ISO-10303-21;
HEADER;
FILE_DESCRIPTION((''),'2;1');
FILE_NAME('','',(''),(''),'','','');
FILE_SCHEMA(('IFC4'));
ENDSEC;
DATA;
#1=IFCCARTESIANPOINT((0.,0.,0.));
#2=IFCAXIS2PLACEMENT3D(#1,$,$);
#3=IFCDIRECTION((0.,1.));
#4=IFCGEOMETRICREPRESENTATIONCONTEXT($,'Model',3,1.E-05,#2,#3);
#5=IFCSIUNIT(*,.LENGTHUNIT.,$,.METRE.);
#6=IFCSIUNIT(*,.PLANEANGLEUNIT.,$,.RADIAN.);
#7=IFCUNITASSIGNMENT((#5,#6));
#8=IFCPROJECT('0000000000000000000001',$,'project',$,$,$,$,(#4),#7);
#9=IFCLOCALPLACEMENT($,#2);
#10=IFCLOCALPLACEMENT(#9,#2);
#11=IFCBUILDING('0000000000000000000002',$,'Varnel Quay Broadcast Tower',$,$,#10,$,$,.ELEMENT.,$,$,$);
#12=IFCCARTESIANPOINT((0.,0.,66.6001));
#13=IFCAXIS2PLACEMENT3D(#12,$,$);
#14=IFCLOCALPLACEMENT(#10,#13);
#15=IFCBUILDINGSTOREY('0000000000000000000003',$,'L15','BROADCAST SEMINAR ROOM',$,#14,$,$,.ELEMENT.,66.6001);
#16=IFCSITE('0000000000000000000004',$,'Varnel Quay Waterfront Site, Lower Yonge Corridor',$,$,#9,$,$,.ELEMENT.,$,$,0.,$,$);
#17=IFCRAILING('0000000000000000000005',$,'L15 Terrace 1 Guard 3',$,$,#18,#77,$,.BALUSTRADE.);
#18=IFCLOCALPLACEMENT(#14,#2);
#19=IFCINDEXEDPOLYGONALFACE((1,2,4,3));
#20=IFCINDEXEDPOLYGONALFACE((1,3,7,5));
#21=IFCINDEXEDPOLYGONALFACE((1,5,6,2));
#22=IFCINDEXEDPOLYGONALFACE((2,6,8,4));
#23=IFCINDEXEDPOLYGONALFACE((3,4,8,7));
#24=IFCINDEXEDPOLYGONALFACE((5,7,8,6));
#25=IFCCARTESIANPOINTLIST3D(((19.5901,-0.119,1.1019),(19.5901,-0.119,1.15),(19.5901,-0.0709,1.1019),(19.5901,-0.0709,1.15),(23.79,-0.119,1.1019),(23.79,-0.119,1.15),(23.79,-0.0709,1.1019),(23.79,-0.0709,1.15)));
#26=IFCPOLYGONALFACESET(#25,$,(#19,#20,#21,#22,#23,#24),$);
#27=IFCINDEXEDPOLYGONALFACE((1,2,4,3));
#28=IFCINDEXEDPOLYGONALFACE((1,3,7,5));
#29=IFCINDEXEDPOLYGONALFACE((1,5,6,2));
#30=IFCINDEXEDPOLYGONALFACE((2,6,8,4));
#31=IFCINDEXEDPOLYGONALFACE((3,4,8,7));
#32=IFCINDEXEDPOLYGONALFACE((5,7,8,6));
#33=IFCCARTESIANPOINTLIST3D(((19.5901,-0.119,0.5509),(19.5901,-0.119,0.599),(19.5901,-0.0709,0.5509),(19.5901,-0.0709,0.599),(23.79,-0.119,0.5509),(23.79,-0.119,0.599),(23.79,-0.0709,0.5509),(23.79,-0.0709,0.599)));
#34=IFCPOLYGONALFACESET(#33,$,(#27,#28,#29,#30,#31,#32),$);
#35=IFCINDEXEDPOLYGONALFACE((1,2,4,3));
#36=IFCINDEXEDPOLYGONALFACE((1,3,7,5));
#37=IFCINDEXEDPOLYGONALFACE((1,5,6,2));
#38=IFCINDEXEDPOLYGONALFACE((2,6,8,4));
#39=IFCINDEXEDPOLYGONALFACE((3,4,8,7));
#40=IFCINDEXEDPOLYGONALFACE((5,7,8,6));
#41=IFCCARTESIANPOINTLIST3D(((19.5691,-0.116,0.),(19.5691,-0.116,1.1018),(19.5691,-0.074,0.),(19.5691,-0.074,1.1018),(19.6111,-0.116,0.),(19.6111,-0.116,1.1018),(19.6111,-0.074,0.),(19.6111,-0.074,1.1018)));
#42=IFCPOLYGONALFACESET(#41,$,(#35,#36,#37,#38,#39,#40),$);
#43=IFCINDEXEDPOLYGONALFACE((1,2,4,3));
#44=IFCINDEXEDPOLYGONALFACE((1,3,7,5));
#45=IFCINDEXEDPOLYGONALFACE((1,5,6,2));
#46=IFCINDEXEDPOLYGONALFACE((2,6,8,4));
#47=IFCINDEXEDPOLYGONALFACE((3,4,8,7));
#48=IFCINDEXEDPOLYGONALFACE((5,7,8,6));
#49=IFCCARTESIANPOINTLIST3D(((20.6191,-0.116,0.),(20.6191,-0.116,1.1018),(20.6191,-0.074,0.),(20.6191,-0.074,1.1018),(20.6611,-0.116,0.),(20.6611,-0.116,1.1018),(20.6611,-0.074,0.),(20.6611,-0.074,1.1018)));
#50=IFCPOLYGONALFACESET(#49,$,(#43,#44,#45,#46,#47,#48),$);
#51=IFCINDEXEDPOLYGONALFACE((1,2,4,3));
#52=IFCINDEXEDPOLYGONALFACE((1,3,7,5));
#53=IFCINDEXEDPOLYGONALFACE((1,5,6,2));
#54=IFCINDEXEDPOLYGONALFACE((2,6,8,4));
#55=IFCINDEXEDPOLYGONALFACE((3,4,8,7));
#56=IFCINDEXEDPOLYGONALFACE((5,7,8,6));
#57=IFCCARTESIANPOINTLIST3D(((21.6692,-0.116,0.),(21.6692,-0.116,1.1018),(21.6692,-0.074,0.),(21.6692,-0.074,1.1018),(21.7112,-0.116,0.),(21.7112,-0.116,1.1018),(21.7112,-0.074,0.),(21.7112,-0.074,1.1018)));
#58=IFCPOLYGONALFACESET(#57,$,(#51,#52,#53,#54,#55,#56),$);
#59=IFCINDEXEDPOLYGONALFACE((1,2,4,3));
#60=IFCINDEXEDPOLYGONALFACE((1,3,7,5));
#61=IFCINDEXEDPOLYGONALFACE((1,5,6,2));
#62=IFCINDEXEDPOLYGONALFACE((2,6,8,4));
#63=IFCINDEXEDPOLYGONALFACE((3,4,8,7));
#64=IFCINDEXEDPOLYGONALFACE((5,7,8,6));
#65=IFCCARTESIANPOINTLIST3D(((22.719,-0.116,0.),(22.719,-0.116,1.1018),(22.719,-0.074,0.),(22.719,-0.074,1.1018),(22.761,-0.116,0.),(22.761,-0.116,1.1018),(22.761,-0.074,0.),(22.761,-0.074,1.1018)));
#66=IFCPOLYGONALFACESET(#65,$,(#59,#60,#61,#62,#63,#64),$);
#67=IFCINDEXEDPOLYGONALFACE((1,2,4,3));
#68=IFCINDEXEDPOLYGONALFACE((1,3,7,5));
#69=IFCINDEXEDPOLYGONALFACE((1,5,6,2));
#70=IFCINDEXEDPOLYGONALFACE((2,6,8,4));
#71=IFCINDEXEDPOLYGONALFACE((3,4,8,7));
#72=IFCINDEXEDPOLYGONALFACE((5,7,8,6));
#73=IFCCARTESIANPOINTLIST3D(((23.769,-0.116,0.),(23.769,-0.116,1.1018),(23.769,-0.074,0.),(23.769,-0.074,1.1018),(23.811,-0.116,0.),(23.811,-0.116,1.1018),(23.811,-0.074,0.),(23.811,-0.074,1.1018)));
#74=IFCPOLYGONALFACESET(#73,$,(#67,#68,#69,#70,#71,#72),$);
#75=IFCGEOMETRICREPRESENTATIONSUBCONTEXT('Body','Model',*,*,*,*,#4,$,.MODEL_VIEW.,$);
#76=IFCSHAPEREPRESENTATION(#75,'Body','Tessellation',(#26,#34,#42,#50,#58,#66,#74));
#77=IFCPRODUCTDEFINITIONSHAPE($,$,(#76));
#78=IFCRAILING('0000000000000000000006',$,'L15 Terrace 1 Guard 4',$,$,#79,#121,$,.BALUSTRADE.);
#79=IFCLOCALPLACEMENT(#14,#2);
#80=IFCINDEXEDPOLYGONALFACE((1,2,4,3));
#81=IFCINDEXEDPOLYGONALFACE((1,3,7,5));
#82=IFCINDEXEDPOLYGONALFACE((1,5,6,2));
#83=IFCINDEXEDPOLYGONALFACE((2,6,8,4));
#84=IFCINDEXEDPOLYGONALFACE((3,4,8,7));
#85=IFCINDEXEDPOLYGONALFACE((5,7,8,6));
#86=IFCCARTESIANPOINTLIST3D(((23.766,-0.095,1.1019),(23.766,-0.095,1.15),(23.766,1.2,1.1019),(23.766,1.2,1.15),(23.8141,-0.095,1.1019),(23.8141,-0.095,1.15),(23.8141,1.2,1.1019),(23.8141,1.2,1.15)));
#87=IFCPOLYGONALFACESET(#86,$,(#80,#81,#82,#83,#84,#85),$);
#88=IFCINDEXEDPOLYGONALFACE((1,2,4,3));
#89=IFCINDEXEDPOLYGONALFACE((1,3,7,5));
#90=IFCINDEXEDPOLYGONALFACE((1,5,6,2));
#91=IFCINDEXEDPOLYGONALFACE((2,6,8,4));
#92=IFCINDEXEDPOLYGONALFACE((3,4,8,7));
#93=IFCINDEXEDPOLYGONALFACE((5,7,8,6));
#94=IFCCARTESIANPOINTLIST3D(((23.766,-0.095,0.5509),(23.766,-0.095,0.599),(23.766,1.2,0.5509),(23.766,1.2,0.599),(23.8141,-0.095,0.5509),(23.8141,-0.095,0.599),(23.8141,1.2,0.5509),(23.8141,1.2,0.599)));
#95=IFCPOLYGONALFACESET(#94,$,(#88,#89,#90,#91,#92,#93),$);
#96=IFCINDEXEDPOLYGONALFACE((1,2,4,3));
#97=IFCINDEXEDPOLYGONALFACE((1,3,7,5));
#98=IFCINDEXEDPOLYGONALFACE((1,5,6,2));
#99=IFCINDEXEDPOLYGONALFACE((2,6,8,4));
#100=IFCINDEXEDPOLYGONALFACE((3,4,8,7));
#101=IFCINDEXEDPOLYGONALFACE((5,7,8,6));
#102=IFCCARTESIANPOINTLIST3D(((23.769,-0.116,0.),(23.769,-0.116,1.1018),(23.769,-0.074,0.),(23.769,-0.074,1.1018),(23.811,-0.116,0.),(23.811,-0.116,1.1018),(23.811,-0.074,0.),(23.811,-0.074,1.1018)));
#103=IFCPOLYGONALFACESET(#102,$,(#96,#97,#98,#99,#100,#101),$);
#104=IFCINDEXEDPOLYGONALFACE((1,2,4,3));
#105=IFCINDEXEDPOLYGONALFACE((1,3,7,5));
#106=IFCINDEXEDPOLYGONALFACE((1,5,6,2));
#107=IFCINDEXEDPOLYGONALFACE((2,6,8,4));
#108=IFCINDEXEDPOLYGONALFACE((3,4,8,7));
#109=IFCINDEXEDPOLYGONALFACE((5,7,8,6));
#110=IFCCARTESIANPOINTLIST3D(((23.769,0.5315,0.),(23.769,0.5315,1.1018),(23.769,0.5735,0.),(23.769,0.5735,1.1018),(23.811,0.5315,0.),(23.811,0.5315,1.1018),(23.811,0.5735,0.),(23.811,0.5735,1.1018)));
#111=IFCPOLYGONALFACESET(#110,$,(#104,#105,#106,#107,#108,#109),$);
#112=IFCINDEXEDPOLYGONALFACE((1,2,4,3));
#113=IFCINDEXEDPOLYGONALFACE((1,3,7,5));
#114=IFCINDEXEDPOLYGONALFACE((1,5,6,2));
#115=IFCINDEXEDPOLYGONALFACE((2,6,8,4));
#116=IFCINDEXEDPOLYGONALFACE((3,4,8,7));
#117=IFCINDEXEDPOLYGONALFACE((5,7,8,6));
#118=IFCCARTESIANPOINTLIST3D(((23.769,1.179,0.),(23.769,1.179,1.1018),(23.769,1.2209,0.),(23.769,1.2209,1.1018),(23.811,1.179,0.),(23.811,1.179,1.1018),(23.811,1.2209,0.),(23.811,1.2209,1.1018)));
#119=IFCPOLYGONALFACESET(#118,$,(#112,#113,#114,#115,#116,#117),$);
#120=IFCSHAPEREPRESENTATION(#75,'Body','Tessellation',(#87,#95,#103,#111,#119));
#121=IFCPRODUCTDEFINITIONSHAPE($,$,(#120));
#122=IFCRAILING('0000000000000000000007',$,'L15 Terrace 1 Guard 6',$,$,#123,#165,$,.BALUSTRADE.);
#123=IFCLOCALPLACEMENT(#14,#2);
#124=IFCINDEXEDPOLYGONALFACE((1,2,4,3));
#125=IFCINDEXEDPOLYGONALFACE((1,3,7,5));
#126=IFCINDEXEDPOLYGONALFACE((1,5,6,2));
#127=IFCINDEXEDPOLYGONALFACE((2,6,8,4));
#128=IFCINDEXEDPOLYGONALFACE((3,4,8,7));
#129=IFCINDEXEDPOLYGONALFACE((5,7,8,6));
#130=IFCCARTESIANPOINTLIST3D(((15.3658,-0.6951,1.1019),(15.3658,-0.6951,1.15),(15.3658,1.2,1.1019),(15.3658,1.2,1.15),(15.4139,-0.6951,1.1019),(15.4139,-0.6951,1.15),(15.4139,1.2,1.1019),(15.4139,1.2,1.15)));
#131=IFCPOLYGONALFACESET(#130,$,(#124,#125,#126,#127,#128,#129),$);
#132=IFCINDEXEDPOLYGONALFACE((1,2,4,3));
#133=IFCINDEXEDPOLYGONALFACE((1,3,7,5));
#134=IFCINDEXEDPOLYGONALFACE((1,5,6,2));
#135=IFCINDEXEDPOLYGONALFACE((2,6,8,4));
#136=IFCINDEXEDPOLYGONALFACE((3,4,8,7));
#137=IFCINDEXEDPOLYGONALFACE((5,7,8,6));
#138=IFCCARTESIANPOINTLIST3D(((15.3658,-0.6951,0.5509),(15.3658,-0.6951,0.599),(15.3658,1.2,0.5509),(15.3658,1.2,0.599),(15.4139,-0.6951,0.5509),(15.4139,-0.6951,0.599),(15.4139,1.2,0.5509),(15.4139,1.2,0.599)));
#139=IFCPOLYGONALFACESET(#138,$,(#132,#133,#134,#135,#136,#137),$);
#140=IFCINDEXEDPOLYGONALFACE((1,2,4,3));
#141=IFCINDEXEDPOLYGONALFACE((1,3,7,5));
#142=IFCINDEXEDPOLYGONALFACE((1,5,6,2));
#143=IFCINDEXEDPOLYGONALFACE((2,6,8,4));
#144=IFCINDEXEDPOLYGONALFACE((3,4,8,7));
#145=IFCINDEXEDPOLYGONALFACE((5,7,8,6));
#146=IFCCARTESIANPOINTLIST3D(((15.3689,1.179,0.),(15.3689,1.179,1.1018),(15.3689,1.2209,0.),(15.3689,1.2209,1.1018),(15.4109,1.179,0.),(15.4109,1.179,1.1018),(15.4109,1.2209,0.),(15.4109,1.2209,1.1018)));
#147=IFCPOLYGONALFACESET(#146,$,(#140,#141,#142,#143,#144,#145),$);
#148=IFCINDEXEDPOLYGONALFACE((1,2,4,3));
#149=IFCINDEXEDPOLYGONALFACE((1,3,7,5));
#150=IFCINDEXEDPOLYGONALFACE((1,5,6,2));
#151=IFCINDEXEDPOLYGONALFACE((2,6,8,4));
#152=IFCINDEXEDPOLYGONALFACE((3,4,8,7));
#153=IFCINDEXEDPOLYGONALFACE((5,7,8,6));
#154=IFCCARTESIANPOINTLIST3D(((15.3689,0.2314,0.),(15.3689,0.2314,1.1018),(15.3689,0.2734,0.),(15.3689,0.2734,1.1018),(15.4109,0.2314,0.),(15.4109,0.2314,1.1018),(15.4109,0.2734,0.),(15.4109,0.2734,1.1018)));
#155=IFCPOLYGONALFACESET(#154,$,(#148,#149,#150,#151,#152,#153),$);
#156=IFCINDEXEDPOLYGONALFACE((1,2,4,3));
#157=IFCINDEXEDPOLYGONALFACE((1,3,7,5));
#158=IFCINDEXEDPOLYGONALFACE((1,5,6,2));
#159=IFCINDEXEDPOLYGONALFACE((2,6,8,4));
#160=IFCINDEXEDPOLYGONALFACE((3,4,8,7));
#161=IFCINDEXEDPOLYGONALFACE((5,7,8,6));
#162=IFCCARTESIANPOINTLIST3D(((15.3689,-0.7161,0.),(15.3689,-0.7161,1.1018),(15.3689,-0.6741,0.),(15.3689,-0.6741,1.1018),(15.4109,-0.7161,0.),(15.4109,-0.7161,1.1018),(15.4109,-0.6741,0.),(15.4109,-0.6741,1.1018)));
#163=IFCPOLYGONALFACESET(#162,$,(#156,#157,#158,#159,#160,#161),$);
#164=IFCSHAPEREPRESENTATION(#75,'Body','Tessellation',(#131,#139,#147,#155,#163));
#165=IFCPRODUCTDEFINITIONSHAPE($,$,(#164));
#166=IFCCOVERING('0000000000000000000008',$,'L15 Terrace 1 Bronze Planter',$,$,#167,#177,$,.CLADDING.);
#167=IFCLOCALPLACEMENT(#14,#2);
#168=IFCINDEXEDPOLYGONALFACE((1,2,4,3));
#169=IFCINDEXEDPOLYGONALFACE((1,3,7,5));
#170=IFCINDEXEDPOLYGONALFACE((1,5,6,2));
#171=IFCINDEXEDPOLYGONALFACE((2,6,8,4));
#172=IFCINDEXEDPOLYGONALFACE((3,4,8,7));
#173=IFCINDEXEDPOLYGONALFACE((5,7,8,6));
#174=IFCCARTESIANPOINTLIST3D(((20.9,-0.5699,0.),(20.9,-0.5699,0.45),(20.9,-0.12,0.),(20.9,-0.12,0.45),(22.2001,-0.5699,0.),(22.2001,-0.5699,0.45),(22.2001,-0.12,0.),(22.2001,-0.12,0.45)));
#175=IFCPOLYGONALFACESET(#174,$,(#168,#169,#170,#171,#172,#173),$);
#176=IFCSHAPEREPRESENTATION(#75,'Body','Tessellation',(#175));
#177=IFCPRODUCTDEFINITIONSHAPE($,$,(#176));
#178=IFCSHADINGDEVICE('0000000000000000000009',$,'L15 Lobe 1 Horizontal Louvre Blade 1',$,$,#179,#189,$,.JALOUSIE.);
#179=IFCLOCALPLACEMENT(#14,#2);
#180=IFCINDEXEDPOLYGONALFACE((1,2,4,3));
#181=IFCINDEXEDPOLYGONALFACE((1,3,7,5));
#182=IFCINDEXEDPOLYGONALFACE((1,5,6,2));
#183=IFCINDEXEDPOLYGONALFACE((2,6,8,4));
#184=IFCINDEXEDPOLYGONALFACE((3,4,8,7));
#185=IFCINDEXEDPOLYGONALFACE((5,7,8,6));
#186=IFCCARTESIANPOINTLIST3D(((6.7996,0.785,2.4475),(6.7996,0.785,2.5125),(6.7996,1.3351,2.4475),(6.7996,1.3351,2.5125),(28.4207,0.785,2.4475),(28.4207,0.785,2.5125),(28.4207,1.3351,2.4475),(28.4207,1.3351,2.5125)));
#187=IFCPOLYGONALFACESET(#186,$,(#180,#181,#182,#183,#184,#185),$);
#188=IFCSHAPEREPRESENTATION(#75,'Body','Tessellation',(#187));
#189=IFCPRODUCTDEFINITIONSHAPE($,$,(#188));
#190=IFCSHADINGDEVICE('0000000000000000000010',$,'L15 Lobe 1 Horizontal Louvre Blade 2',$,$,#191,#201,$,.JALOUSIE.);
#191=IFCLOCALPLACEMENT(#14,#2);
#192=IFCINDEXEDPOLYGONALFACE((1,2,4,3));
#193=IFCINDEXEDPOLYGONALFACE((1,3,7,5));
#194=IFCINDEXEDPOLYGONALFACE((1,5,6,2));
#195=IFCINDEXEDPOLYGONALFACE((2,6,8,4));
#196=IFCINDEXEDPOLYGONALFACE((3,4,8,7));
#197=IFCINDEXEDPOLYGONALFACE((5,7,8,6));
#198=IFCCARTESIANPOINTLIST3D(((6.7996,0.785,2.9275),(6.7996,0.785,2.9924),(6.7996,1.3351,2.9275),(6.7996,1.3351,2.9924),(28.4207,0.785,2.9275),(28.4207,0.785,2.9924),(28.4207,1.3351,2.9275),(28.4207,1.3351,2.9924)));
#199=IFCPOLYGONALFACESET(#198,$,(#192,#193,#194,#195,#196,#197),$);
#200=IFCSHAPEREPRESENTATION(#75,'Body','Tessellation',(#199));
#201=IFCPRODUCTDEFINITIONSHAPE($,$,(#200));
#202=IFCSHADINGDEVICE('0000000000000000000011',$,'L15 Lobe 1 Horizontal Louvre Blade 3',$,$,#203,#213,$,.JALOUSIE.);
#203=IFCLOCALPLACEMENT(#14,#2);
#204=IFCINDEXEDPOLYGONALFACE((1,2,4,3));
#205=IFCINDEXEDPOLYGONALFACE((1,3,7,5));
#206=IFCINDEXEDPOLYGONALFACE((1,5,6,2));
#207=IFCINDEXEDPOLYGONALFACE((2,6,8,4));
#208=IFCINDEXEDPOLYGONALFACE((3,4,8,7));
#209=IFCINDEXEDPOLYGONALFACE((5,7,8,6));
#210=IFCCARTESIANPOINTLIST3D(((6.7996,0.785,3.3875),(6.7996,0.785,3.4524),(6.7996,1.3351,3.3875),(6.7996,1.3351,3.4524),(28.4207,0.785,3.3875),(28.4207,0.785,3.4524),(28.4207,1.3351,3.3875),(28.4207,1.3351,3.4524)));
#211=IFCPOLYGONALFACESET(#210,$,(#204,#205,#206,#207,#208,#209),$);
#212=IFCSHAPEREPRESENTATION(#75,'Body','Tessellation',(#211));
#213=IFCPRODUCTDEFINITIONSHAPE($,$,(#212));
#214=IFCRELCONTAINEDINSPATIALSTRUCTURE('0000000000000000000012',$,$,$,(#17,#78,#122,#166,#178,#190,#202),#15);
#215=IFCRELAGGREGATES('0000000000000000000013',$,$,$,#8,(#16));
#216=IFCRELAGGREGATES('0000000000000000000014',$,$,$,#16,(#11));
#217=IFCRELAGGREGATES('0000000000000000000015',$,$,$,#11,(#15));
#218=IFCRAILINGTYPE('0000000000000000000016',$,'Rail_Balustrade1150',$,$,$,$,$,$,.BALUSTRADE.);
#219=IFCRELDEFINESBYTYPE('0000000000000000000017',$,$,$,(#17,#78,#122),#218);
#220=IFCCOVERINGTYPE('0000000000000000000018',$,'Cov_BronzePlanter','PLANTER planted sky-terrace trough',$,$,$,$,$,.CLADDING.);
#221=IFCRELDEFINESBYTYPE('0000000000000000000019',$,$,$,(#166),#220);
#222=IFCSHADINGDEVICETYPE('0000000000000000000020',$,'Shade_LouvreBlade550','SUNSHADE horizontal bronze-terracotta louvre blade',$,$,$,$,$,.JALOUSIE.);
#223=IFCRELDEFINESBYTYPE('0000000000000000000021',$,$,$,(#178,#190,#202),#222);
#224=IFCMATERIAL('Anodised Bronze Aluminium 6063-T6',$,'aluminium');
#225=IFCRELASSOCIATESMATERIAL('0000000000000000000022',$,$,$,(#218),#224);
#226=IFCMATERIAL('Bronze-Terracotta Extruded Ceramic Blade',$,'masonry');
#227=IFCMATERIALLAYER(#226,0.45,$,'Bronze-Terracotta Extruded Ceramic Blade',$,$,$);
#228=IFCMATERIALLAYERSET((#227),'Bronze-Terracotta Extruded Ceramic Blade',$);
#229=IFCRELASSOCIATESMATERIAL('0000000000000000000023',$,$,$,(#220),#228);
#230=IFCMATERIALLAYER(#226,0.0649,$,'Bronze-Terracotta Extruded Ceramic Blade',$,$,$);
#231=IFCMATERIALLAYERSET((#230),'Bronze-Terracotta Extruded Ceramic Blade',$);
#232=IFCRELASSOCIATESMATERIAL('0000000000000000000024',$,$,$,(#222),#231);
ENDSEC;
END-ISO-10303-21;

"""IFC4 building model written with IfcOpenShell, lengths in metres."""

from ifc_helpers import new_model, si_unit, direction, frame, origin, origin_2d, place, context, subcontext, project, spatial, rectangle, extrude, source, transform, mapped, material, layer, layer_set, type_object, type_shapes, element, save


model = new_model("IFC4")

# Units and contexts
model_context = context("Model", 3, precision=1e-05, world=origin(), true_north=direction((0.0, 1.0)))
body_context = subcontext(model_context, "Body", "Model", "MODEL_VIEW")
ifc_project = project(units=[si_unit("LENGTHUNIT", "METRE"), si_unit("PLANEANGLEUNIT", "RADIAN")], contexts=[model_context])

# Site, building, storey
site_placement = place(None, origin())
site = spatial("IfcSite", under=ifc_project, at=site_placement, Name="Varnel Quay Waterfront Site, Lower Yonge Corridor", CompositionType="ELEMENT", RefElevation=0.0)
building_placement = place(site_placement, origin())
building = spatial("IfcBuilding", under=site, at=building_placement, Name="Varnel Quay Broadcast Tower", CompositionType="ELEMENT")
storey_placement = place(building_placement, frame((0.0, 0.0, 66.6001)))
storey = spatial("IfcBuildingStorey", under=building, at=storey_placement, Name="L15", Description="BROADCAST SEMINAR ROOM", CompositionType="ELEMENT", Elevation=66.6001)

# Shared definitions
ifc_material_1 = material(Name="Anodised Bronze Aluminium 6063-T6", Category="aluminium")

# Railings
railing_type = type_object("IfcRailingType", Name="Rail_Balustrade1150", PredefinedType="BALUSTRADE", material=ifc_material_1)
railing_1_placement = place(storey_placement, frame((19.5901, -0.095, 0.0)))
element("IfcRailing", 1, at=railing_1_placement, inside=storey, type_object=railing_type, Name="L15 Terrace 1 Guard 3", PredefinedType="BALUSTRADE", context=body_context, shape_type="SweptSolid", body=[
    extrude(rectangle(XDim=0.0481, YDim=0.0481, at=origin_2d()), frame((0.0, 0.0, 1.126), z_axis=(1.0, 0.0, 0.0), x_axis=(0.0, 1.0, 0.0)), (0.0, 0.0, 1.0), 4.2),
    extrude(rectangle(XDim=0.0481, YDim=0.0481, at=origin_2d()), frame((0.0, 0.0, 0.575), z_axis=(1.0, 0.0, 0.0), x_axis=(0.0, 1.0, 0.0)), (0.0, 0.0, 1.0), 4.2),
    extrude(rectangle(XDim=0.042, YDim=0.042, at=origin_2d()), origin(), (0.0, 0.0, 1.0), 1.1018),
    extrude(rectangle(XDim=0.042, YDim=0.042, at=origin_2d()), frame((1.05, 0.0, 0.0)), (0.0, 0.0, 1.0), 1.1018),
    extrude(rectangle(XDim=0.042, YDim=0.042, at=origin_2d()), frame((2.1001, 0.0, 0.0)), (0.0, 0.0, 1.0), 1.1018),
    extrude(rectangle(XDim=0.042, YDim=0.042, at=origin_2d()), frame((3.1499, 0.0, 0.0)), (0.0, 0.0, 1.0), 1.1018),
    extrude(rectangle(XDim=0.042, YDim=0.042, at=origin_2d()), frame((4.2, 0.0, 0.0)), (0.0, 0.0, 1.0), 1.1018),
])
railing_2_placement = place(storey_placement, frame((23.79, -0.095, 0.0)))
element("IfcRailing", 2, at=railing_2_placement, inside=storey, type_object=railing_type, Name="L15 Terrace 1 Guard 4", PredefinedType="BALUSTRADE", context=body_context, shape_type="SweptSolid", body=[
    extrude(rectangle(XDim=0.0481, YDim=0.0481, at=origin_2d()), frame((0.0, 0.0, 1.126), z_axis=(0.0, 1.0, 0.0), x_axis=(-1.0, 0.0, 0.0)), (0.0, 0.0, 1.0), 1.2949),
    extrude(rectangle(XDim=0.0481, YDim=0.0481, at=origin_2d()), frame((0.0, 0.0, 0.575), z_axis=(0.0, 1.0, 0.0), x_axis=(-1.0, 0.0, 0.0)), (0.0, 0.0, 1.0), 1.2949),
    extrude(rectangle(XDim=0.042, YDim=0.042, at=origin_2d()), origin(), (0.0, 0.0, 1.0), 1.1018),
    extrude(rectangle(XDim=0.042, YDim=0.042, at=origin_2d()), frame((0.0, 0.6475, 0.0)), (0.0, 0.0, 1.0), 1.1018),
    extrude(rectangle(XDim=0.042, YDim=0.042, at=origin_2d()), frame((0.0, 1.2949, 0.0)), (0.0, 0.0, 1.0), 1.1018),
])
railing_3_placement = place(storey_placement, frame((15.3899, 1.2, 0.0)))
element("IfcRailing", 3, at=railing_3_placement, inside=storey, type_object=railing_type, Name="L15 Terrace 1 Guard 6", PredefinedType="BALUSTRADE", context=body_context, shape_type="SweptSolid", body=[
    extrude(rectangle(XDim=0.0481, YDim=0.0481, at=origin_2d()), frame((0.0, 0.0, 1.126), z_axis=(0.0, -1.0, 0.0), x_axis=(1.0, 0.0, 0.0)), (0.0, 0.0, 1.0), 1.895),
    extrude(rectangle(XDim=0.0481, YDim=0.0481, at=origin_2d()), frame((0.0, 0.0, 0.575), z_axis=(0.0, -1.0, 0.0), x_axis=(1.0, 0.0, 0.0)), (0.0, 0.0, 1.0), 1.895),
    extrude(rectangle(XDim=0.042, YDim=0.042, at=origin_2d()), origin(), (0.0, 0.0, 1.0), 1.1018),
    extrude(rectangle(XDim=0.042, YDim=0.042, at=origin_2d()), frame((0.0, -0.9475, 0.0)), (0.0, 0.0, 1.0), 1.1018),
    extrude(rectangle(XDim=0.042, YDim=0.042, at=origin_2d()), frame((0.0, -1.895, 0.0)), (0.0, 0.0, 1.0), 1.1018),
])

# Covering
ifc_material_2 = material(Name="Bronze-Terracotta Extruded Ceramic Blade", Category="masonry")
ifc_layer_1 = layer(ifc_material_2, 0.45, Name="Bronze-Terracotta Extruded Ceramic Blade")
ifc_layer_set_1 = layer_set([ifc_layer_1], Name="Bronze-Terracotta Extruded Ceramic Blade")
covering_type = type_object("IfcCoveringType", Name="Cov_BronzePlanter", Description="PLANTER planted sky-terrace trough", PredefinedType="CLADDING", material=ifc_layer_set_1)
shared_shape_1 = source(origin(), body_context, "Body", "SweptSolid", [
    extrude(rectangle(XDim=1.3, YDim=0.45, at=origin_2d()), origin(), (0.0, 0.0, 1.0), 0.45),
])
type_shapes(covering_type, [shared_shape_1])
covering_placement = place(storey_placement, frame((21.55, -0.345, 0.0), z_axis=(0.0, 0.0, 1.0), x_axis=(1.0, 0.0, 0.0)))
element("IfcCovering", 4, at=covering_placement, inside=storey, type_object=covering_type, Name="L15 Terrace 1 Bronze Planter", PredefinedType="CLADDING", context=body_context, shape_type="MappedRepresentation", body=[
    mapped(shared_shape_1, transform((0.0, 0.0, 0.0), x_axis=(1.0, 0.0, 0.0), y_axis=(0.0, 1.0, 0.0), z_axis=(0.0, 0.0, 1.0), scale=1.0)),
])

# Shading devices
ifc_layer_2 = layer(ifc_material_2, 0.0649, Name="Bronze-Terracotta Extruded Ceramic Blade")
ifc_layer_set_2 = layer_set([ifc_layer_2], Name="Bronze-Terracotta Extruded Ceramic Blade")
shading_device_type = type_object("IfcShadingDeviceType", Name="Shade_LouvreBlade550", Description="SUNSHADE horizontal bronze-terracotta louvre blade", PredefinedType="JALOUSIE", material=ifc_layer_set_2)
shared_shape_2 = source(origin(), body_context, "Body", "SweptSolid", [
    extrude(rectangle(XDim=21.6211, YDim=0.55, at=origin_2d()), origin(), (0.0, 0.0, 1.0), 0.0649),
])
type_shapes(shading_device_type, [shared_shape_2])
for number, where, z_axis, x_axis, name in (
    (5, (17.6101, 1.0601, 2.4475), (0.0, 0.0, 1.0), (1.0, 0.0, 0.0), "L15 Lobe 1 Horizontal Louvre Blade 1"),
    (6, (17.6101, 1.0601, 2.9275), (0.0, 0.0, 1.0), (1.0, 0.0, 0.0), "L15 Lobe 1 Horizontal Louvre Blade 2"),
    (7, (17.6101, 1.0601, 3.3875), (0.0, 0.0, 1.0), (1.0, 0.0, 0.0), "L15 Lobe 1 Horizontal Louvre Blade 3"),
):
    element("IfcShadingDevice", number, at=place(storey_placement, frame(where, z_axis=z_axis, x_axis=x_axis)), inside=storey, type_object=shading_device_type, Name=name, PredefinedType="JALOUSIE", context=body_context, shape_type="MappedRepresentation", body=[
        mapped(shared_shape_2, transform((0.0, 0.0, 0.0), x_axis=(1.0, 0.0, 0.0), y_axis=(0.0, 1.0, 0.0), z_axis=(0.0, 0.0, 1.0), scale=1.0)),
    ])

save(model, "model.ifc")
